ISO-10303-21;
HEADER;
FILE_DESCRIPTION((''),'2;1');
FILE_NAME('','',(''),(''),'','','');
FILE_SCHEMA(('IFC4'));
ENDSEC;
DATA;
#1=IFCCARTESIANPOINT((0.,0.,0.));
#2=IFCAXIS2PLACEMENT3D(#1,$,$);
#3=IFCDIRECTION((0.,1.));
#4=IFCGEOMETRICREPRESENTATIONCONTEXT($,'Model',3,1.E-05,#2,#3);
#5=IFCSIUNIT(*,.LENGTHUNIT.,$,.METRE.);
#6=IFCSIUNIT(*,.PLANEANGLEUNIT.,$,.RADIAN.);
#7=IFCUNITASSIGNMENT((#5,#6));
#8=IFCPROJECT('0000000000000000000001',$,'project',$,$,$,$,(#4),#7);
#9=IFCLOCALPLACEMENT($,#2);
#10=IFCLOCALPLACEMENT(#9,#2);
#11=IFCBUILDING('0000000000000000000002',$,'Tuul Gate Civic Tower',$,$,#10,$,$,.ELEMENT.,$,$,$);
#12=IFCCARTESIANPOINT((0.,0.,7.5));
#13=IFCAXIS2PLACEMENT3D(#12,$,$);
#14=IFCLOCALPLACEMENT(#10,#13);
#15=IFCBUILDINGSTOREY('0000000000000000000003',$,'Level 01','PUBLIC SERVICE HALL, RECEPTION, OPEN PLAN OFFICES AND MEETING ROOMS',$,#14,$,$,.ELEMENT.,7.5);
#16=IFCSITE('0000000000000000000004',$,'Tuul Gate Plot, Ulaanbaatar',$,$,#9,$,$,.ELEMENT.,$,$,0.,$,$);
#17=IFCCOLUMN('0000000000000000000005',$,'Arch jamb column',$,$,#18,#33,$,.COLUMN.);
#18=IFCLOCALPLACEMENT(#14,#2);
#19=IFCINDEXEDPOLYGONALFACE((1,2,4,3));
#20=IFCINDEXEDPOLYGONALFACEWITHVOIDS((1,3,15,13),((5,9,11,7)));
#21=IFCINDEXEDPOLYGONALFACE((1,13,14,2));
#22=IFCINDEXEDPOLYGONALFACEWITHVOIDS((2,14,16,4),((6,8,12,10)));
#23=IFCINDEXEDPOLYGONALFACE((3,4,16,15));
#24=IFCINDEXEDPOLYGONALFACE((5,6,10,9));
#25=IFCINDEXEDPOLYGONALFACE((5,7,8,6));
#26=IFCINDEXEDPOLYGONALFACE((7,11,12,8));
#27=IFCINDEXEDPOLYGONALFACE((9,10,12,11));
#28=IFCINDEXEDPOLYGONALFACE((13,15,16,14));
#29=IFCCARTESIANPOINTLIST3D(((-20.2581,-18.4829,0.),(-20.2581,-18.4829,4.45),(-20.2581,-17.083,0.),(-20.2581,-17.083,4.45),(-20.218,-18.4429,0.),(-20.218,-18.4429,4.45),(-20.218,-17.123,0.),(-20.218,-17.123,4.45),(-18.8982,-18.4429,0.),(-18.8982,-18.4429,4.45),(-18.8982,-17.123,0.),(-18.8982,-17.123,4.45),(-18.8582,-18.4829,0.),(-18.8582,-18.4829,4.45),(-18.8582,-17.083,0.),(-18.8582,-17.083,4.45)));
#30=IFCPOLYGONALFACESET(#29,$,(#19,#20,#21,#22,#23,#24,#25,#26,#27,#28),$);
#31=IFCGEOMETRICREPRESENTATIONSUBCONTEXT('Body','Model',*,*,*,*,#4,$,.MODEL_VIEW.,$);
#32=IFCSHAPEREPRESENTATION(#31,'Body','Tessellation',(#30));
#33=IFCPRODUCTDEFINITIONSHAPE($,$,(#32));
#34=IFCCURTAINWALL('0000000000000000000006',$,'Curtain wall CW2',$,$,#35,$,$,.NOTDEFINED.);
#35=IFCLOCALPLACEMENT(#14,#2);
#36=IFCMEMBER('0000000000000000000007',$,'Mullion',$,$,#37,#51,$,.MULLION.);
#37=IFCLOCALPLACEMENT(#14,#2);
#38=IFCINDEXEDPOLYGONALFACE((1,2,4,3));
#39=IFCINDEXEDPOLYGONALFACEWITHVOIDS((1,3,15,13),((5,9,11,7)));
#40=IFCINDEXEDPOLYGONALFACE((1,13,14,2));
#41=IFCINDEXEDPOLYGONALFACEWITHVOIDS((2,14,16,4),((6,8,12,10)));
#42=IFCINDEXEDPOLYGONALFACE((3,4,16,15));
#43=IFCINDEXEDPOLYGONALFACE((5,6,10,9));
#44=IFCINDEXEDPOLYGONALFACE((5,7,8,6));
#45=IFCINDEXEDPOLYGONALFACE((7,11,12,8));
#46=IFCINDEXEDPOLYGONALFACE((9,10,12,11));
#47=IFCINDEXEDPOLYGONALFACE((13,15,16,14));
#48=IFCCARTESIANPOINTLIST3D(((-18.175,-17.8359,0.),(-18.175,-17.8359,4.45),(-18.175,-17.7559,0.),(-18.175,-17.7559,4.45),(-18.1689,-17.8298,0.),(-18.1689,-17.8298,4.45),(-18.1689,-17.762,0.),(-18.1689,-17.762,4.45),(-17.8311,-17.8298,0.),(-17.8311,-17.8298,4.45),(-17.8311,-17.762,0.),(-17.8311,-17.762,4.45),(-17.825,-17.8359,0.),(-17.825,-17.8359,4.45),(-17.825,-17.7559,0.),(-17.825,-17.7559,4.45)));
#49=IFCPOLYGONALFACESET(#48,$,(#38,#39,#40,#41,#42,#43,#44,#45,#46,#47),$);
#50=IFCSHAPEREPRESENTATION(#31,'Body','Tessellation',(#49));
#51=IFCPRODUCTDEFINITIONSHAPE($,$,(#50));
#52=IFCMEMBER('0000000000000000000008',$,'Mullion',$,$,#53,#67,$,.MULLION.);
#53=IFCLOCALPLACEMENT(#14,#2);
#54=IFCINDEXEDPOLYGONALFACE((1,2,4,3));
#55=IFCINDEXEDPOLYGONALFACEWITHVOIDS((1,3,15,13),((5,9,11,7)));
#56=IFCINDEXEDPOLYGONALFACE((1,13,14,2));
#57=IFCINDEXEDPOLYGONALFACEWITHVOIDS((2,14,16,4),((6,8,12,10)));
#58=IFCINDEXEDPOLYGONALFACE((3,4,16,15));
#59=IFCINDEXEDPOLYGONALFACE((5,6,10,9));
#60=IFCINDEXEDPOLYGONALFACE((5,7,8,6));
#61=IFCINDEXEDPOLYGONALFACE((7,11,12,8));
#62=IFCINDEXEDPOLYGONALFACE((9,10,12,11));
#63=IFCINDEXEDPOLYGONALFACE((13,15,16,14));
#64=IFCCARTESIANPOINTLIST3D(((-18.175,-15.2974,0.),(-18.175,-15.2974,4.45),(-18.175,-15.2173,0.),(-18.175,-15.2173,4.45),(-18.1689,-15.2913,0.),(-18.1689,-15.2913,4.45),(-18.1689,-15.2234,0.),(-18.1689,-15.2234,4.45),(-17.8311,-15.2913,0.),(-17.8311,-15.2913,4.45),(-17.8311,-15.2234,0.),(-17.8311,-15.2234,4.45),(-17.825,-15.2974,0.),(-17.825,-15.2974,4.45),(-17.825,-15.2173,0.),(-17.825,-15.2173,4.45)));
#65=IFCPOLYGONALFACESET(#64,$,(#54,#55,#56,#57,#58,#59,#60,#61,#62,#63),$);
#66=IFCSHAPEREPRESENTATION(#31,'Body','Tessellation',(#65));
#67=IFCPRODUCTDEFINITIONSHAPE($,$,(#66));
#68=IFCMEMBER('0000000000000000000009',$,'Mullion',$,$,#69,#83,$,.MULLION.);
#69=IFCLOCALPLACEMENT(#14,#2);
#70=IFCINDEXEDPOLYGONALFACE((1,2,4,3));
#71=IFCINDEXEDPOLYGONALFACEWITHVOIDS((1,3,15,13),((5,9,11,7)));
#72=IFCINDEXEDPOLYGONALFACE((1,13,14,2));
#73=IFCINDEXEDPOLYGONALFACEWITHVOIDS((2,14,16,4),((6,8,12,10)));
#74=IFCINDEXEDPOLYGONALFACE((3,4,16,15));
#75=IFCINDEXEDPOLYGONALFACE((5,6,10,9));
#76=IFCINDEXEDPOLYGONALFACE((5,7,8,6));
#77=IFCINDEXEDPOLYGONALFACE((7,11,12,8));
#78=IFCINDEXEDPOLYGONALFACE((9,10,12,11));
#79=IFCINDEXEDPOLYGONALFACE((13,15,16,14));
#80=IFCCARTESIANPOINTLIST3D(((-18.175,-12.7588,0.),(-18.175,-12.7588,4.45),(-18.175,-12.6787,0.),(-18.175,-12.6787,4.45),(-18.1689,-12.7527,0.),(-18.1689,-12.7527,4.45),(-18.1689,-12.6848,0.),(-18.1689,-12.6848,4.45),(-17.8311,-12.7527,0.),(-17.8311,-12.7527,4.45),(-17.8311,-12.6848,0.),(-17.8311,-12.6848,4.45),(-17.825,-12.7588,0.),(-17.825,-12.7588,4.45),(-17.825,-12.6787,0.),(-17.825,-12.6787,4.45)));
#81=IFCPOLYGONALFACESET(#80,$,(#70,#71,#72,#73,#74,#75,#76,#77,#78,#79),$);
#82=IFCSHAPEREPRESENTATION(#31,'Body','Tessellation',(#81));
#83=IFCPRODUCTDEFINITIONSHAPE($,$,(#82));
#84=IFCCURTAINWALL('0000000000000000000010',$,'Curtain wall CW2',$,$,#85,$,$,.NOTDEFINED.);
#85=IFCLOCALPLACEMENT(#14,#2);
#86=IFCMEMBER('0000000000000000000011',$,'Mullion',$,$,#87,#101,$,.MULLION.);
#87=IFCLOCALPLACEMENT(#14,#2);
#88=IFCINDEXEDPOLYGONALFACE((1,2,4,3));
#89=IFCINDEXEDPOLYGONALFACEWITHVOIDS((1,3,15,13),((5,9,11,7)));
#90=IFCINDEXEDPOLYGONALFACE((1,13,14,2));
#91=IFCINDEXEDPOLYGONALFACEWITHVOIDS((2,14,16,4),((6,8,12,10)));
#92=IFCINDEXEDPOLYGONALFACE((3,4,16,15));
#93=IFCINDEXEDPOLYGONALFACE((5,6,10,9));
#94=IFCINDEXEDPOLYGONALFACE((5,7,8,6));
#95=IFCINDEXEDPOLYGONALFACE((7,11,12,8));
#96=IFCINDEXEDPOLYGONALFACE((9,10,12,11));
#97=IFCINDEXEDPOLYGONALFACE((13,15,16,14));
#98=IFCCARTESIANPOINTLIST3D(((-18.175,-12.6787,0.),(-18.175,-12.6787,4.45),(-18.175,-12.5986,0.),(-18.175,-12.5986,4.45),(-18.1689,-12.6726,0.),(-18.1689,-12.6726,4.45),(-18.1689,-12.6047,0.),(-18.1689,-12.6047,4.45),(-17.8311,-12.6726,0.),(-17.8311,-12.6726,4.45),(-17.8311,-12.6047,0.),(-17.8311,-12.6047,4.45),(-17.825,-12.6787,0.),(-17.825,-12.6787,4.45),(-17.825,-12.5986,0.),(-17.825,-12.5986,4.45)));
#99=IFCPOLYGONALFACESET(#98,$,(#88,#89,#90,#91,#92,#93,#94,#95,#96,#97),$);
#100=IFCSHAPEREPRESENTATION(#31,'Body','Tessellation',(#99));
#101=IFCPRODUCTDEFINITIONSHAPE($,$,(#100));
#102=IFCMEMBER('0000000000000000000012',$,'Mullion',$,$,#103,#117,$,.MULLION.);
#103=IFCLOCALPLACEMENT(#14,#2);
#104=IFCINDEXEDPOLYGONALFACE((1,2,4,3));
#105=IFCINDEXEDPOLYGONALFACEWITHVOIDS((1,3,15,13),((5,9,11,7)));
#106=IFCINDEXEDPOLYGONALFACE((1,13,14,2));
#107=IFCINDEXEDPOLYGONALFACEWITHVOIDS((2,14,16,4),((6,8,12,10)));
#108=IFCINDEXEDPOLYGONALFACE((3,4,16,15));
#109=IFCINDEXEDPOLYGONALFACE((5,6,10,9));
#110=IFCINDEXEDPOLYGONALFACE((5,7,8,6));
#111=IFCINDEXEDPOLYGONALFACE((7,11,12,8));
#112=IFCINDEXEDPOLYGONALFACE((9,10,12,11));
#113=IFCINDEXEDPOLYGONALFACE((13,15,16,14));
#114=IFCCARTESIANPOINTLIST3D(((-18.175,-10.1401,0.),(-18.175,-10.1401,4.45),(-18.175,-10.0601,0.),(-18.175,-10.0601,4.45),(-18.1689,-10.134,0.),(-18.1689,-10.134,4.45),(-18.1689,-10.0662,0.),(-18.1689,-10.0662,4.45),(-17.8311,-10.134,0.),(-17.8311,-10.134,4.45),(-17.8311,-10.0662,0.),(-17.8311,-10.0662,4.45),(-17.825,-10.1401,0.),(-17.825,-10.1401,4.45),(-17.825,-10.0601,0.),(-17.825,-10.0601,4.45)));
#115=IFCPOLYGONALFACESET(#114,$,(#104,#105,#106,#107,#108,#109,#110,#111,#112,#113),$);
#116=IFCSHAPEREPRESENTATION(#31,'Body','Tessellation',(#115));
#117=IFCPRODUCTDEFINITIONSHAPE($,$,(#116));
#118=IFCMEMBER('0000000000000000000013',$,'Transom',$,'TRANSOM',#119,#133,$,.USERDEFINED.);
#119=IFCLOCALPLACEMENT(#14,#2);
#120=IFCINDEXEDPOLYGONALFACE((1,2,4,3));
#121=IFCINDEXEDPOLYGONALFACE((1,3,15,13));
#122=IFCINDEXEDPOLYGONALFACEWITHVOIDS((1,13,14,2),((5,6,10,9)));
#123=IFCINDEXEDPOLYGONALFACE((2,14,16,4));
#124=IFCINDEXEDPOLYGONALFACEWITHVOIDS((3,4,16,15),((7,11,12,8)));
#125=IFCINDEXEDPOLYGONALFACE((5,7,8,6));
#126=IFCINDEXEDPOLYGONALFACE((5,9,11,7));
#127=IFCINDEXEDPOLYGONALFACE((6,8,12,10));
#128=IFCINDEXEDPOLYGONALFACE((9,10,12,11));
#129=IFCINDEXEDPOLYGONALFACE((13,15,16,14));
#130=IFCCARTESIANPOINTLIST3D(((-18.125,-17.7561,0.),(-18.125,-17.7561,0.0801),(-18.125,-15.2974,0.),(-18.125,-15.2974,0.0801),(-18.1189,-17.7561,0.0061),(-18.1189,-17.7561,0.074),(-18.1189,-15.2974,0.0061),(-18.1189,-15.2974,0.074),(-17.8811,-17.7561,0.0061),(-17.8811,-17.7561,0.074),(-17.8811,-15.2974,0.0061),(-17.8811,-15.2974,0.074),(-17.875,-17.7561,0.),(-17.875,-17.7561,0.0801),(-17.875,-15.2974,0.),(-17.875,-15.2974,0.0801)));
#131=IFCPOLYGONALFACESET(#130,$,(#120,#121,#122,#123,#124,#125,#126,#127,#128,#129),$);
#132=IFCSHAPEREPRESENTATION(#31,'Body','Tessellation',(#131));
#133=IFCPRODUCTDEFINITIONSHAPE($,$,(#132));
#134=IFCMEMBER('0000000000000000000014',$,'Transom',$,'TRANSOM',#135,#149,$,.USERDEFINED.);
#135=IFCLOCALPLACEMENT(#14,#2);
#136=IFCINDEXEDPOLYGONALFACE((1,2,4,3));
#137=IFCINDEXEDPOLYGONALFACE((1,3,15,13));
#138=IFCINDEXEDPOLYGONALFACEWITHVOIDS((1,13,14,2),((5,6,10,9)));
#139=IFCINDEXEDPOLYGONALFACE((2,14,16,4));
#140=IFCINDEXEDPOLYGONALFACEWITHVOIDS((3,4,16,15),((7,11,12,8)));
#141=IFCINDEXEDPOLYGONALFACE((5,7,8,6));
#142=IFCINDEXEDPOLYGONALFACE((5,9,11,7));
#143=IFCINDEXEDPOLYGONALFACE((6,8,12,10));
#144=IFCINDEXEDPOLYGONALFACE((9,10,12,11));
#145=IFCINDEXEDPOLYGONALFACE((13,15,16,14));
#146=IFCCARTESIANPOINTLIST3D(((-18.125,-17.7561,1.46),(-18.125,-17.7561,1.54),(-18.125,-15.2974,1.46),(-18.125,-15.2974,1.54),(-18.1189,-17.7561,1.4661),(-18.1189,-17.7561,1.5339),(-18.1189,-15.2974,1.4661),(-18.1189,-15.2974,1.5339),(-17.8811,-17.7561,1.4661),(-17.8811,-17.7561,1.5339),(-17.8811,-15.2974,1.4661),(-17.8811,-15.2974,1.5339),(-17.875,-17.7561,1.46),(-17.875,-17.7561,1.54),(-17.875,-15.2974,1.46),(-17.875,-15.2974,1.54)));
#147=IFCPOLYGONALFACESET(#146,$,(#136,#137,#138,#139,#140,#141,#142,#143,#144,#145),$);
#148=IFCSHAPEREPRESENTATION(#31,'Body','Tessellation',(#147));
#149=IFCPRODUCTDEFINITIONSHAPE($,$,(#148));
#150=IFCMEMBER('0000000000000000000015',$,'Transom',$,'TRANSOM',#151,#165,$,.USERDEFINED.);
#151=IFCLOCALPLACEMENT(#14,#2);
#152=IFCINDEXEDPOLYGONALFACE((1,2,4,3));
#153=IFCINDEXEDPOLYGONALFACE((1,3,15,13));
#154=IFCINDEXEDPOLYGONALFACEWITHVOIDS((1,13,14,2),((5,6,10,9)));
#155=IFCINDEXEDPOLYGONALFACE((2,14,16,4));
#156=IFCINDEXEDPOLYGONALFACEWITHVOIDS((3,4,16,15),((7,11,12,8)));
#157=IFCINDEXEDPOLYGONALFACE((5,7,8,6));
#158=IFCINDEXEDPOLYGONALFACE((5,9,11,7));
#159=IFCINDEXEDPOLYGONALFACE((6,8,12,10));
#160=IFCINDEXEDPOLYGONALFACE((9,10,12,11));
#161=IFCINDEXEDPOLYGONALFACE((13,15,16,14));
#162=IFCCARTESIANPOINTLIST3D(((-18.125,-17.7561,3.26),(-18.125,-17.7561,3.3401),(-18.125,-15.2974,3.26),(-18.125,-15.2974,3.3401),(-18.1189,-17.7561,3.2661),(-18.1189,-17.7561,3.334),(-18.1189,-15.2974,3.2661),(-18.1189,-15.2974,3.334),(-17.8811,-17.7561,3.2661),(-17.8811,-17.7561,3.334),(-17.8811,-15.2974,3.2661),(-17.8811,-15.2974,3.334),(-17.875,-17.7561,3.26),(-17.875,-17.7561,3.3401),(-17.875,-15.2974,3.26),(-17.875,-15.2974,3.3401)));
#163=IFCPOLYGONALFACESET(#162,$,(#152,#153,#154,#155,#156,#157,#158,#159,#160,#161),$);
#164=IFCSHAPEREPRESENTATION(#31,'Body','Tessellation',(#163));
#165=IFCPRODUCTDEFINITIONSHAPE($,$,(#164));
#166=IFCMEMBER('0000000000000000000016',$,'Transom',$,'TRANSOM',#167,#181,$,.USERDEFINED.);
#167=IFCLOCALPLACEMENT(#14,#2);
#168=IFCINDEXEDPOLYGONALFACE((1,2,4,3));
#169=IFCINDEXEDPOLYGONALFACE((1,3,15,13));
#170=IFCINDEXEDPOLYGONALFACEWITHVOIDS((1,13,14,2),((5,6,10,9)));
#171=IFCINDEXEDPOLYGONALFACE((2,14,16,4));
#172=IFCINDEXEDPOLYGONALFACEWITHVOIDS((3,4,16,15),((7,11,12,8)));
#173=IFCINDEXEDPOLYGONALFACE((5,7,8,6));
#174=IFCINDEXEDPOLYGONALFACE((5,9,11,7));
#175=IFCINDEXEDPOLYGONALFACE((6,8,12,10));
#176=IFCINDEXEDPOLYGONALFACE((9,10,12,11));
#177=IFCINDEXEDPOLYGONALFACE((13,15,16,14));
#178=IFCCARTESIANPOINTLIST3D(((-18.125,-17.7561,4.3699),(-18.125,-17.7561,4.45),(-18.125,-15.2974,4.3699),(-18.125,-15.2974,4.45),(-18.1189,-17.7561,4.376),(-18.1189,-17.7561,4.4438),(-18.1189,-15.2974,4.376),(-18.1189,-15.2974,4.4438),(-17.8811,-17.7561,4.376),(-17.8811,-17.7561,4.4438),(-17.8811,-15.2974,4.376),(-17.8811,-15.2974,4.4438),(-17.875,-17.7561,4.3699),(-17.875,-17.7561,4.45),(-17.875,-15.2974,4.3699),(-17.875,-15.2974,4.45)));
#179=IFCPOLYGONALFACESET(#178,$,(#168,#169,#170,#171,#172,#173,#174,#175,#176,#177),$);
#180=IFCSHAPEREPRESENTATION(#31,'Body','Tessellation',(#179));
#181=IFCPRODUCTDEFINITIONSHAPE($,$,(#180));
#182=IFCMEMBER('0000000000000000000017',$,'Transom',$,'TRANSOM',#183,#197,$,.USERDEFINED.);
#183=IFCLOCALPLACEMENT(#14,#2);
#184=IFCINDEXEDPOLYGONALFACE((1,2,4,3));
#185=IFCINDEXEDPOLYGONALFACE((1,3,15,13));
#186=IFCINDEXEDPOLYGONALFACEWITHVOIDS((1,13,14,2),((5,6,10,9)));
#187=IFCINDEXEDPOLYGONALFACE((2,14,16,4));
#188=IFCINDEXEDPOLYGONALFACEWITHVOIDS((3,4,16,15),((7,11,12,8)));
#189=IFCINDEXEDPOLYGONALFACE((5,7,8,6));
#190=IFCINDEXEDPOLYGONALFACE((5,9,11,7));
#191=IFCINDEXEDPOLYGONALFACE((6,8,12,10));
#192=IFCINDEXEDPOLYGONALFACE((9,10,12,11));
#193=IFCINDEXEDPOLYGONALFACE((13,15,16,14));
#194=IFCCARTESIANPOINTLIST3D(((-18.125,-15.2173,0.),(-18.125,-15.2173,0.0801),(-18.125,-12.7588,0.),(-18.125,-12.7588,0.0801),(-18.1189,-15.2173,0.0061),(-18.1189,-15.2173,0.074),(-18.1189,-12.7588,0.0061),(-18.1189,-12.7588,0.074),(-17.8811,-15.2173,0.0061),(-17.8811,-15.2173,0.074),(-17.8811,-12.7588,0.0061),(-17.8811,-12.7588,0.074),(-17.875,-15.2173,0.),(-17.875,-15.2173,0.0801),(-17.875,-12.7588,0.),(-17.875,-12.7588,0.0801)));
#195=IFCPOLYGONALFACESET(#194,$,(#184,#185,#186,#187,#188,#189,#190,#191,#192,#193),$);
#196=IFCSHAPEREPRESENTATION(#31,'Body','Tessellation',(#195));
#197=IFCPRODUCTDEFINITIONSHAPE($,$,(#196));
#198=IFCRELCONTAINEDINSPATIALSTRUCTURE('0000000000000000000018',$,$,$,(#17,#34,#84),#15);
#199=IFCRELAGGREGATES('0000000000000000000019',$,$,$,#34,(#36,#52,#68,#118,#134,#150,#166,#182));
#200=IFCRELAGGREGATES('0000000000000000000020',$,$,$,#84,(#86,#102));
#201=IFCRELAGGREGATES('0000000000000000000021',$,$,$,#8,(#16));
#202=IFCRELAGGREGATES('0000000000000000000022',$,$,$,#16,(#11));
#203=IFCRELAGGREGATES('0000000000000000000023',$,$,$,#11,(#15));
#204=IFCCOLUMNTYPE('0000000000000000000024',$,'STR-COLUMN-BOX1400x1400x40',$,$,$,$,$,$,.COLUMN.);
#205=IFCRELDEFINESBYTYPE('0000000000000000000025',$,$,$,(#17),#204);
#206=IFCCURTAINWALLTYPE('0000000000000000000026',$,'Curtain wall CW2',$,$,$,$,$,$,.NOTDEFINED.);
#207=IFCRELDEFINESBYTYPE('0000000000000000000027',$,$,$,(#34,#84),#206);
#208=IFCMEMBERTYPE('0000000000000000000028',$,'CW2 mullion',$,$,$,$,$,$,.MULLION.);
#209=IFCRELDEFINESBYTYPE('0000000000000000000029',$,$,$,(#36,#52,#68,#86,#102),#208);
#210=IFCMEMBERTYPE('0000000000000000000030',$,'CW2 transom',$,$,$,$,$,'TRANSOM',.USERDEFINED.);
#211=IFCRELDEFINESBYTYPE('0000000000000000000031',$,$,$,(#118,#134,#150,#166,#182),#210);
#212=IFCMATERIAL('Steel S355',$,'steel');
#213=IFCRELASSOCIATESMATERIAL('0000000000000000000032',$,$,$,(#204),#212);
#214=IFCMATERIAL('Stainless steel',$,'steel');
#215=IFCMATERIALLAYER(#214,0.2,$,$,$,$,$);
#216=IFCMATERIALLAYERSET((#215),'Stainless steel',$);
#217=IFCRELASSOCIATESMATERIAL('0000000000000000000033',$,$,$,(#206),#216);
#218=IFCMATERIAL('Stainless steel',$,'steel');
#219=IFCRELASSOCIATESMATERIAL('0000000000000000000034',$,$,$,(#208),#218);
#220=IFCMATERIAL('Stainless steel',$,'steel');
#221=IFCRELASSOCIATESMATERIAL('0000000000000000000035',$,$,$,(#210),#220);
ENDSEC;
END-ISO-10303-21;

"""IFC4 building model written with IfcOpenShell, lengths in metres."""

from ifc_helpers import new_model, si_unit, direction, frame, origin, origin_2d, place, context, subcontext, project, spatial, hollow_rectangle, extrude, material, layer, layer_set, material_profile, profile_set, type_object, element, aggregate, save


model = new_model("IFC4")

# Units and contexts
model_context = context("Model", 3, precision=1e-05, world=origin(), true_north=direction((0.0, 1.0)))
body_context = subcontext(model_context, "Body", "Model", "MODEL_VIEW")
ifc_project = project(units=[si_unit("LENGTHUNIT", "METRE"), si_unit("PLANEANGLEUNIT", "RADIAN")], contexts=[model_context])

# Site, building, storey
site_placement = place(None, origin())
site = spatial("IfcSite", under=ifc_project, at=site_placement, Name="Tuul Gate Plot, Ulaanbaatar", CompositionType="ELEMENT", RefElevation=0.0)
building_placement = place(site_placement, origin())
building = spatial("IfcBuilding", under=site, at=building_placement, Name="Tuul Gate Civic Tower", CompositionType="ELEMENT")
storey_placement = place(building_placement, frame((0.0, 0.0, 7.5)))
storey = spatial("IfcBuildingStorey", under=building, at=storey_placement, Name="Level 01", Description="PUBLIC SERVICE HALL, RECEPTION, OPEN PLAN OFFICES AND MEETING ROOMS", CompositionType="ELEMENT", Elevation=7.5)

# Column
ifc_material_1 = material(Name="Steel S355", Category="steel")
ifc_material_profile_1 = material_profile(ifc_material_1, hollow_rectangle(XDim=1.3999, YDim=1.3999, WallThickness=0.04, at=origin_2d()), Name="BOX1400x1400x40")
ifc_profile_set_1 = profile_set([ifc_material_profile_1], Name="Steel S355")
column_type = type_object("IfcColumnType", Name="STR-COLUMN-BOX1400x1400x40", PredefinedType="COLUMN", material=ifc_profile_set_1)
column_placement = place(storey_placement, frame((-19.5581, -17.783, 0.0), z_axis=(0.0, 0.0, 1.0), x_axis=(1.0, 0.0, 0.0)))
element("IfcColumn", 1, at=column_placement, inside=storey, type_object=column_type, Name="Arch jamb column", PredefinedType="COLUMN", context=body_context, shape_type="SweptSolid", body=[
    extrude(hollow_rectangle(XDim=1.3999, YDim=1.3999, WallThickness=0.04, at=origin_2d()), origin(), (0.0, 0.0, 1.0), 4.45),
])

# Curtain walls, members
ifc_material_2 = material(Name="Stainless steel", Category="steel")
ifc_layer_1 = layer(ifc_material_2, 0.2)
ifc_layer_set_1 = layer_set([ifc_layer_1], Name="Stainless steel")
curtain_wall_type_1 = type_object("IfcCurtainWallType", Name="Curtain wall CW2", PredefinedType="NOTDEFINED", material=ifc_layer_set_1)
curtain_wall_1_placement = place(storey_placement, origin())
curtain_wall_1 = element("IfcCurtainWall", 2, at=curtain_wall_1_placement, inside=storey, type_object=curtain_wall_type_1, Name="Curtain wall CW2", PredefinedType="NOTDEFINED")
ifc_material_3 = material(Name="Stainless steel", Category="steel")
ifc_material_profile_2 = material_profile(ifc_material_3, hollow_rectangle(XDim=0.3501, YDim=0.0801, WallThickness=0.0061, at=origin_2d()), Name="CW2 mullion")
ifc_profile_set_2 = profile_set([ifc_material_profile_2], Name="Stainless steel")
member_type_1 = type_object("IfcMemberType", Name="CW2 mullion", PredefinedType="MULLION", material=ifc_profile_set_2)
member_1_placement = place(storey_placement, frame((-18.0, -17.7959, 0.0), z_axis=(0.0, 0.0, 1.0), x_axis=(-1.0, 0.0, 0.0)))
member_1 = element("IfcMember", 3, at=member_1_placement, type_object=member_type_1, Name="Mullion", PredefinedType="MULLION", context=body_context, shape_type="SweptSolid", body=[
    extrude(hollow_rectangle(XDim=0.3501, YDim=0.0801, WallThickness=0.0061, at=origin_2d()), origin(), (0.0, 0.0, 1.0), 4.45),
])
member_2_placement = place(storey_placement, frame((-18.0, -15.2573, 0.0), z_axis=(0.0, 0.0, 1.0), x_axis=(-1.0, 0.0, 0.0)))
member_2 = element("IfcMember", 4, at=member_2_placement, type_object=member_type_1, Name="Mullion", PredefinedType="MULLION", context=body_context, shape_type="SweptSolid", body=[
    extrude(hollow_rectangle(XDim=0.3501, YDim=0.0801, WallThickness=0.0061, at=origin_2d()), origin(), (0.0, 0.0, 1.0), 4.45),
])
member_3_placement = place(storey_placement, frame((-18.0, -12.7188, 0.0), z_axis=(0.0, 0.0, 1.0), x_axis=(-1.0, 0.0, 0.0)))
member_3 = element("IfcMember", 5, at=member_3_placement, type_object=member_type_1, Name="Mullion", PredefinedType="MULLION", context=body_context, shape_type="SweptSolid", body=[
    extrude(hollow_rectangle(XDim=0.3501, YDim=0.0801, WallThickness=0.0061, at=origin_2d()), origin(), (0.0, 0.0, 1.0), 4.45),
])
curtain_wall_2_placement = place(storey_placement, origin())
curtain_wall_2 = element("IfcCurtainWall", 6, at=curtain_wall_2_placement, inside=storey, type_object=curtain_wall_type_1, Name="Curtain wall CW2", PredefinedType="NOTDEFINED")
member_4_placement = place(storey_placement, frame((-18.0, -12.6387, 0.0), z_axis=(0.0, 0.0, 1.0), x_axis=(-1.0, 0.0, 0.0)))
member_4 = element("IfcMember", 7, at=member_4_placement, type_object=member_type_1, Name="Mullion", PredefinedType="MULLION", context=body_context, shape_type="SweptSolid", body=[
    extrude(hollow_rectangle(XDim=0.3501, YDim=0.0801, WallThickness=0.0061, at=origin_2d()), origin(), (0.0, 0.0, 1.0), 4.45),
])
member_5_placement = place(storey_placement, frame((-18.0, -10.1001, 0.0), z_axis=(0.0, 0.0, 1.0), x_axis=(-1.0, 0.0, 0.0)))
member_5 = element("IfcMember", 8, at=member_5_placement, type_object=member_type_1, Name="Mullion", PredefinedType="MULLION", context=body_context, shape_type="SweptSolid", body=[
    extrude(hollow_rectangle(XDim=0.3501, YDim=0.0801, WallThickness=0.0061, at=origin_2d()), origin(), (0.0, 0.0, 1.0), 4.45),
])

# Members
ifc_material_4 = material(Name="Stainless steel", Category="steel")
ifc_material_profile_3 = material_profile(ifc_material_4, hollow_rectangle(XDim=0.25, YDim=0.0801, WallThickness=0.0061, at=origin_2d()), Name="CW2 transom")
ifc_profile_set_3 = profile_set([ifc_material_profile_3], Name="Stainless steel")
member_type_2 = type_object("IfcMemberType", Name="CW2 transom", ElementType="TRANSOM", PredefinedType="USERDEFINED", material=ifc_profile_set_3)
member_6_placement = place(storey_placement, frame((-18.0, -17.7561, 0.04), z_axis=(0.0, 1.0, 0.0), x_axis=(-1.0, 0.0, 0.0)))
member_6 = element("IfcMember", 9, at=member_6_placement, type_object=member_type_2, Name="Transom", ObjectType="TRANSOM", PredefinedType="USERDEFINED", context=body_context, shape_type="SweptSolid", body=[
    extrude(hollow_rectangle(XDim=0.25, YDim=0.0801, WallThickness=0.0061, at=origin_2d()), origin(), (0.0, 0.0, 1.0), 2.4587),
])
member_7_placement = place(storey_placement, frame((-18.0, -17.7561, 1.5), z_axis=(0.0, 1.0, 0.0), x_axis=(-1.0, 0.0, 0.0)))
member_7 = element("IfcMember", 10, at=member_7_placement, type_object=member_type_2, Name="Transom", ObjectType="TRANSOM", PredefinedType="USERDEFINED", context=body_context, shape_type="SweptSolid", body=[
    extrude(hollow_rectangle(XDim=0.25, YDim=0.0801, WallThickness=0.0061, at=origin_2d()), origin(), (0.0, 0.0, 1.0), 2.4587),
])
member_8_placement = place(storey_placement, frame((-18.0, -17.7561, 3.3), z_axis=(0.0, 1.0, 0.0), x_axis=(-1.0, 0.0, 0.0)))
member_8 = element("IfcMember", 11, at=member_8_placement, type_object=member_type_2, Name="Transom", ObjectType="TRANSOM", PredefinedType="USERDEFINED", context=body_context, shape_type="SweptSolid", body=[
    extrude(hollow_rectangle(XDim=0.25, YDim=0.0801, WallThickness=0.0061, at=origin_2d()), origin(), (0.0, 0.0, 1.0), 2.4587),
])
member_9_placement = place(storey_placement, frame((-18.0, -17.7561, 4.4099), z_axis=(0.0, 1.0, 0.0), x_axis=(-1.0, 0.0, 0.0)))
member_9 = element("IfcMember", 12, at=member_9_placement, type_object=member_type_2, Name="Transom", ObjectType="TRANSOM", PredefinedType="USERDEFINED", context=body_context, shape_type="SweptSolid", body=[
    extrude(hollow_rectangle(XDim=0.25, YDim=0.0801, WallThickness=0.0061, at=origin_2d()), origin(), (0.0, 0.0, 1.0), 2.4587),
])
member_10_placement = place(storey_placement, frame((-18.0, -15.2173, 0.04), z_axis=(0.0, 1.0, 0.0), x_axis=(-1.0, 0.0, 0.0)))
member_10 = element("IfcMember", 13, at=member_10_placement, type_object=member_type_2, Name="Transom", ObjectType="TRANSOM", PredefinedType="USERDEFINED", context=body_context, shape_type="SweptSolid", body=[
    extrude(hollow_rectangle(XDim=0.25, YDim=0.0801, WallThickness=0.0061, at=origin_2d()), origin(), (0.0, 0.0, 1.0), 2.4585),
])

aggregate(curtain_wall_1, [member_1, member_2, member_3, member_6, member_7, member_8, member_9, member_10])
aggregate(curtain_wall_2, [member_4, member_5])

save(model, "model.ifc")
